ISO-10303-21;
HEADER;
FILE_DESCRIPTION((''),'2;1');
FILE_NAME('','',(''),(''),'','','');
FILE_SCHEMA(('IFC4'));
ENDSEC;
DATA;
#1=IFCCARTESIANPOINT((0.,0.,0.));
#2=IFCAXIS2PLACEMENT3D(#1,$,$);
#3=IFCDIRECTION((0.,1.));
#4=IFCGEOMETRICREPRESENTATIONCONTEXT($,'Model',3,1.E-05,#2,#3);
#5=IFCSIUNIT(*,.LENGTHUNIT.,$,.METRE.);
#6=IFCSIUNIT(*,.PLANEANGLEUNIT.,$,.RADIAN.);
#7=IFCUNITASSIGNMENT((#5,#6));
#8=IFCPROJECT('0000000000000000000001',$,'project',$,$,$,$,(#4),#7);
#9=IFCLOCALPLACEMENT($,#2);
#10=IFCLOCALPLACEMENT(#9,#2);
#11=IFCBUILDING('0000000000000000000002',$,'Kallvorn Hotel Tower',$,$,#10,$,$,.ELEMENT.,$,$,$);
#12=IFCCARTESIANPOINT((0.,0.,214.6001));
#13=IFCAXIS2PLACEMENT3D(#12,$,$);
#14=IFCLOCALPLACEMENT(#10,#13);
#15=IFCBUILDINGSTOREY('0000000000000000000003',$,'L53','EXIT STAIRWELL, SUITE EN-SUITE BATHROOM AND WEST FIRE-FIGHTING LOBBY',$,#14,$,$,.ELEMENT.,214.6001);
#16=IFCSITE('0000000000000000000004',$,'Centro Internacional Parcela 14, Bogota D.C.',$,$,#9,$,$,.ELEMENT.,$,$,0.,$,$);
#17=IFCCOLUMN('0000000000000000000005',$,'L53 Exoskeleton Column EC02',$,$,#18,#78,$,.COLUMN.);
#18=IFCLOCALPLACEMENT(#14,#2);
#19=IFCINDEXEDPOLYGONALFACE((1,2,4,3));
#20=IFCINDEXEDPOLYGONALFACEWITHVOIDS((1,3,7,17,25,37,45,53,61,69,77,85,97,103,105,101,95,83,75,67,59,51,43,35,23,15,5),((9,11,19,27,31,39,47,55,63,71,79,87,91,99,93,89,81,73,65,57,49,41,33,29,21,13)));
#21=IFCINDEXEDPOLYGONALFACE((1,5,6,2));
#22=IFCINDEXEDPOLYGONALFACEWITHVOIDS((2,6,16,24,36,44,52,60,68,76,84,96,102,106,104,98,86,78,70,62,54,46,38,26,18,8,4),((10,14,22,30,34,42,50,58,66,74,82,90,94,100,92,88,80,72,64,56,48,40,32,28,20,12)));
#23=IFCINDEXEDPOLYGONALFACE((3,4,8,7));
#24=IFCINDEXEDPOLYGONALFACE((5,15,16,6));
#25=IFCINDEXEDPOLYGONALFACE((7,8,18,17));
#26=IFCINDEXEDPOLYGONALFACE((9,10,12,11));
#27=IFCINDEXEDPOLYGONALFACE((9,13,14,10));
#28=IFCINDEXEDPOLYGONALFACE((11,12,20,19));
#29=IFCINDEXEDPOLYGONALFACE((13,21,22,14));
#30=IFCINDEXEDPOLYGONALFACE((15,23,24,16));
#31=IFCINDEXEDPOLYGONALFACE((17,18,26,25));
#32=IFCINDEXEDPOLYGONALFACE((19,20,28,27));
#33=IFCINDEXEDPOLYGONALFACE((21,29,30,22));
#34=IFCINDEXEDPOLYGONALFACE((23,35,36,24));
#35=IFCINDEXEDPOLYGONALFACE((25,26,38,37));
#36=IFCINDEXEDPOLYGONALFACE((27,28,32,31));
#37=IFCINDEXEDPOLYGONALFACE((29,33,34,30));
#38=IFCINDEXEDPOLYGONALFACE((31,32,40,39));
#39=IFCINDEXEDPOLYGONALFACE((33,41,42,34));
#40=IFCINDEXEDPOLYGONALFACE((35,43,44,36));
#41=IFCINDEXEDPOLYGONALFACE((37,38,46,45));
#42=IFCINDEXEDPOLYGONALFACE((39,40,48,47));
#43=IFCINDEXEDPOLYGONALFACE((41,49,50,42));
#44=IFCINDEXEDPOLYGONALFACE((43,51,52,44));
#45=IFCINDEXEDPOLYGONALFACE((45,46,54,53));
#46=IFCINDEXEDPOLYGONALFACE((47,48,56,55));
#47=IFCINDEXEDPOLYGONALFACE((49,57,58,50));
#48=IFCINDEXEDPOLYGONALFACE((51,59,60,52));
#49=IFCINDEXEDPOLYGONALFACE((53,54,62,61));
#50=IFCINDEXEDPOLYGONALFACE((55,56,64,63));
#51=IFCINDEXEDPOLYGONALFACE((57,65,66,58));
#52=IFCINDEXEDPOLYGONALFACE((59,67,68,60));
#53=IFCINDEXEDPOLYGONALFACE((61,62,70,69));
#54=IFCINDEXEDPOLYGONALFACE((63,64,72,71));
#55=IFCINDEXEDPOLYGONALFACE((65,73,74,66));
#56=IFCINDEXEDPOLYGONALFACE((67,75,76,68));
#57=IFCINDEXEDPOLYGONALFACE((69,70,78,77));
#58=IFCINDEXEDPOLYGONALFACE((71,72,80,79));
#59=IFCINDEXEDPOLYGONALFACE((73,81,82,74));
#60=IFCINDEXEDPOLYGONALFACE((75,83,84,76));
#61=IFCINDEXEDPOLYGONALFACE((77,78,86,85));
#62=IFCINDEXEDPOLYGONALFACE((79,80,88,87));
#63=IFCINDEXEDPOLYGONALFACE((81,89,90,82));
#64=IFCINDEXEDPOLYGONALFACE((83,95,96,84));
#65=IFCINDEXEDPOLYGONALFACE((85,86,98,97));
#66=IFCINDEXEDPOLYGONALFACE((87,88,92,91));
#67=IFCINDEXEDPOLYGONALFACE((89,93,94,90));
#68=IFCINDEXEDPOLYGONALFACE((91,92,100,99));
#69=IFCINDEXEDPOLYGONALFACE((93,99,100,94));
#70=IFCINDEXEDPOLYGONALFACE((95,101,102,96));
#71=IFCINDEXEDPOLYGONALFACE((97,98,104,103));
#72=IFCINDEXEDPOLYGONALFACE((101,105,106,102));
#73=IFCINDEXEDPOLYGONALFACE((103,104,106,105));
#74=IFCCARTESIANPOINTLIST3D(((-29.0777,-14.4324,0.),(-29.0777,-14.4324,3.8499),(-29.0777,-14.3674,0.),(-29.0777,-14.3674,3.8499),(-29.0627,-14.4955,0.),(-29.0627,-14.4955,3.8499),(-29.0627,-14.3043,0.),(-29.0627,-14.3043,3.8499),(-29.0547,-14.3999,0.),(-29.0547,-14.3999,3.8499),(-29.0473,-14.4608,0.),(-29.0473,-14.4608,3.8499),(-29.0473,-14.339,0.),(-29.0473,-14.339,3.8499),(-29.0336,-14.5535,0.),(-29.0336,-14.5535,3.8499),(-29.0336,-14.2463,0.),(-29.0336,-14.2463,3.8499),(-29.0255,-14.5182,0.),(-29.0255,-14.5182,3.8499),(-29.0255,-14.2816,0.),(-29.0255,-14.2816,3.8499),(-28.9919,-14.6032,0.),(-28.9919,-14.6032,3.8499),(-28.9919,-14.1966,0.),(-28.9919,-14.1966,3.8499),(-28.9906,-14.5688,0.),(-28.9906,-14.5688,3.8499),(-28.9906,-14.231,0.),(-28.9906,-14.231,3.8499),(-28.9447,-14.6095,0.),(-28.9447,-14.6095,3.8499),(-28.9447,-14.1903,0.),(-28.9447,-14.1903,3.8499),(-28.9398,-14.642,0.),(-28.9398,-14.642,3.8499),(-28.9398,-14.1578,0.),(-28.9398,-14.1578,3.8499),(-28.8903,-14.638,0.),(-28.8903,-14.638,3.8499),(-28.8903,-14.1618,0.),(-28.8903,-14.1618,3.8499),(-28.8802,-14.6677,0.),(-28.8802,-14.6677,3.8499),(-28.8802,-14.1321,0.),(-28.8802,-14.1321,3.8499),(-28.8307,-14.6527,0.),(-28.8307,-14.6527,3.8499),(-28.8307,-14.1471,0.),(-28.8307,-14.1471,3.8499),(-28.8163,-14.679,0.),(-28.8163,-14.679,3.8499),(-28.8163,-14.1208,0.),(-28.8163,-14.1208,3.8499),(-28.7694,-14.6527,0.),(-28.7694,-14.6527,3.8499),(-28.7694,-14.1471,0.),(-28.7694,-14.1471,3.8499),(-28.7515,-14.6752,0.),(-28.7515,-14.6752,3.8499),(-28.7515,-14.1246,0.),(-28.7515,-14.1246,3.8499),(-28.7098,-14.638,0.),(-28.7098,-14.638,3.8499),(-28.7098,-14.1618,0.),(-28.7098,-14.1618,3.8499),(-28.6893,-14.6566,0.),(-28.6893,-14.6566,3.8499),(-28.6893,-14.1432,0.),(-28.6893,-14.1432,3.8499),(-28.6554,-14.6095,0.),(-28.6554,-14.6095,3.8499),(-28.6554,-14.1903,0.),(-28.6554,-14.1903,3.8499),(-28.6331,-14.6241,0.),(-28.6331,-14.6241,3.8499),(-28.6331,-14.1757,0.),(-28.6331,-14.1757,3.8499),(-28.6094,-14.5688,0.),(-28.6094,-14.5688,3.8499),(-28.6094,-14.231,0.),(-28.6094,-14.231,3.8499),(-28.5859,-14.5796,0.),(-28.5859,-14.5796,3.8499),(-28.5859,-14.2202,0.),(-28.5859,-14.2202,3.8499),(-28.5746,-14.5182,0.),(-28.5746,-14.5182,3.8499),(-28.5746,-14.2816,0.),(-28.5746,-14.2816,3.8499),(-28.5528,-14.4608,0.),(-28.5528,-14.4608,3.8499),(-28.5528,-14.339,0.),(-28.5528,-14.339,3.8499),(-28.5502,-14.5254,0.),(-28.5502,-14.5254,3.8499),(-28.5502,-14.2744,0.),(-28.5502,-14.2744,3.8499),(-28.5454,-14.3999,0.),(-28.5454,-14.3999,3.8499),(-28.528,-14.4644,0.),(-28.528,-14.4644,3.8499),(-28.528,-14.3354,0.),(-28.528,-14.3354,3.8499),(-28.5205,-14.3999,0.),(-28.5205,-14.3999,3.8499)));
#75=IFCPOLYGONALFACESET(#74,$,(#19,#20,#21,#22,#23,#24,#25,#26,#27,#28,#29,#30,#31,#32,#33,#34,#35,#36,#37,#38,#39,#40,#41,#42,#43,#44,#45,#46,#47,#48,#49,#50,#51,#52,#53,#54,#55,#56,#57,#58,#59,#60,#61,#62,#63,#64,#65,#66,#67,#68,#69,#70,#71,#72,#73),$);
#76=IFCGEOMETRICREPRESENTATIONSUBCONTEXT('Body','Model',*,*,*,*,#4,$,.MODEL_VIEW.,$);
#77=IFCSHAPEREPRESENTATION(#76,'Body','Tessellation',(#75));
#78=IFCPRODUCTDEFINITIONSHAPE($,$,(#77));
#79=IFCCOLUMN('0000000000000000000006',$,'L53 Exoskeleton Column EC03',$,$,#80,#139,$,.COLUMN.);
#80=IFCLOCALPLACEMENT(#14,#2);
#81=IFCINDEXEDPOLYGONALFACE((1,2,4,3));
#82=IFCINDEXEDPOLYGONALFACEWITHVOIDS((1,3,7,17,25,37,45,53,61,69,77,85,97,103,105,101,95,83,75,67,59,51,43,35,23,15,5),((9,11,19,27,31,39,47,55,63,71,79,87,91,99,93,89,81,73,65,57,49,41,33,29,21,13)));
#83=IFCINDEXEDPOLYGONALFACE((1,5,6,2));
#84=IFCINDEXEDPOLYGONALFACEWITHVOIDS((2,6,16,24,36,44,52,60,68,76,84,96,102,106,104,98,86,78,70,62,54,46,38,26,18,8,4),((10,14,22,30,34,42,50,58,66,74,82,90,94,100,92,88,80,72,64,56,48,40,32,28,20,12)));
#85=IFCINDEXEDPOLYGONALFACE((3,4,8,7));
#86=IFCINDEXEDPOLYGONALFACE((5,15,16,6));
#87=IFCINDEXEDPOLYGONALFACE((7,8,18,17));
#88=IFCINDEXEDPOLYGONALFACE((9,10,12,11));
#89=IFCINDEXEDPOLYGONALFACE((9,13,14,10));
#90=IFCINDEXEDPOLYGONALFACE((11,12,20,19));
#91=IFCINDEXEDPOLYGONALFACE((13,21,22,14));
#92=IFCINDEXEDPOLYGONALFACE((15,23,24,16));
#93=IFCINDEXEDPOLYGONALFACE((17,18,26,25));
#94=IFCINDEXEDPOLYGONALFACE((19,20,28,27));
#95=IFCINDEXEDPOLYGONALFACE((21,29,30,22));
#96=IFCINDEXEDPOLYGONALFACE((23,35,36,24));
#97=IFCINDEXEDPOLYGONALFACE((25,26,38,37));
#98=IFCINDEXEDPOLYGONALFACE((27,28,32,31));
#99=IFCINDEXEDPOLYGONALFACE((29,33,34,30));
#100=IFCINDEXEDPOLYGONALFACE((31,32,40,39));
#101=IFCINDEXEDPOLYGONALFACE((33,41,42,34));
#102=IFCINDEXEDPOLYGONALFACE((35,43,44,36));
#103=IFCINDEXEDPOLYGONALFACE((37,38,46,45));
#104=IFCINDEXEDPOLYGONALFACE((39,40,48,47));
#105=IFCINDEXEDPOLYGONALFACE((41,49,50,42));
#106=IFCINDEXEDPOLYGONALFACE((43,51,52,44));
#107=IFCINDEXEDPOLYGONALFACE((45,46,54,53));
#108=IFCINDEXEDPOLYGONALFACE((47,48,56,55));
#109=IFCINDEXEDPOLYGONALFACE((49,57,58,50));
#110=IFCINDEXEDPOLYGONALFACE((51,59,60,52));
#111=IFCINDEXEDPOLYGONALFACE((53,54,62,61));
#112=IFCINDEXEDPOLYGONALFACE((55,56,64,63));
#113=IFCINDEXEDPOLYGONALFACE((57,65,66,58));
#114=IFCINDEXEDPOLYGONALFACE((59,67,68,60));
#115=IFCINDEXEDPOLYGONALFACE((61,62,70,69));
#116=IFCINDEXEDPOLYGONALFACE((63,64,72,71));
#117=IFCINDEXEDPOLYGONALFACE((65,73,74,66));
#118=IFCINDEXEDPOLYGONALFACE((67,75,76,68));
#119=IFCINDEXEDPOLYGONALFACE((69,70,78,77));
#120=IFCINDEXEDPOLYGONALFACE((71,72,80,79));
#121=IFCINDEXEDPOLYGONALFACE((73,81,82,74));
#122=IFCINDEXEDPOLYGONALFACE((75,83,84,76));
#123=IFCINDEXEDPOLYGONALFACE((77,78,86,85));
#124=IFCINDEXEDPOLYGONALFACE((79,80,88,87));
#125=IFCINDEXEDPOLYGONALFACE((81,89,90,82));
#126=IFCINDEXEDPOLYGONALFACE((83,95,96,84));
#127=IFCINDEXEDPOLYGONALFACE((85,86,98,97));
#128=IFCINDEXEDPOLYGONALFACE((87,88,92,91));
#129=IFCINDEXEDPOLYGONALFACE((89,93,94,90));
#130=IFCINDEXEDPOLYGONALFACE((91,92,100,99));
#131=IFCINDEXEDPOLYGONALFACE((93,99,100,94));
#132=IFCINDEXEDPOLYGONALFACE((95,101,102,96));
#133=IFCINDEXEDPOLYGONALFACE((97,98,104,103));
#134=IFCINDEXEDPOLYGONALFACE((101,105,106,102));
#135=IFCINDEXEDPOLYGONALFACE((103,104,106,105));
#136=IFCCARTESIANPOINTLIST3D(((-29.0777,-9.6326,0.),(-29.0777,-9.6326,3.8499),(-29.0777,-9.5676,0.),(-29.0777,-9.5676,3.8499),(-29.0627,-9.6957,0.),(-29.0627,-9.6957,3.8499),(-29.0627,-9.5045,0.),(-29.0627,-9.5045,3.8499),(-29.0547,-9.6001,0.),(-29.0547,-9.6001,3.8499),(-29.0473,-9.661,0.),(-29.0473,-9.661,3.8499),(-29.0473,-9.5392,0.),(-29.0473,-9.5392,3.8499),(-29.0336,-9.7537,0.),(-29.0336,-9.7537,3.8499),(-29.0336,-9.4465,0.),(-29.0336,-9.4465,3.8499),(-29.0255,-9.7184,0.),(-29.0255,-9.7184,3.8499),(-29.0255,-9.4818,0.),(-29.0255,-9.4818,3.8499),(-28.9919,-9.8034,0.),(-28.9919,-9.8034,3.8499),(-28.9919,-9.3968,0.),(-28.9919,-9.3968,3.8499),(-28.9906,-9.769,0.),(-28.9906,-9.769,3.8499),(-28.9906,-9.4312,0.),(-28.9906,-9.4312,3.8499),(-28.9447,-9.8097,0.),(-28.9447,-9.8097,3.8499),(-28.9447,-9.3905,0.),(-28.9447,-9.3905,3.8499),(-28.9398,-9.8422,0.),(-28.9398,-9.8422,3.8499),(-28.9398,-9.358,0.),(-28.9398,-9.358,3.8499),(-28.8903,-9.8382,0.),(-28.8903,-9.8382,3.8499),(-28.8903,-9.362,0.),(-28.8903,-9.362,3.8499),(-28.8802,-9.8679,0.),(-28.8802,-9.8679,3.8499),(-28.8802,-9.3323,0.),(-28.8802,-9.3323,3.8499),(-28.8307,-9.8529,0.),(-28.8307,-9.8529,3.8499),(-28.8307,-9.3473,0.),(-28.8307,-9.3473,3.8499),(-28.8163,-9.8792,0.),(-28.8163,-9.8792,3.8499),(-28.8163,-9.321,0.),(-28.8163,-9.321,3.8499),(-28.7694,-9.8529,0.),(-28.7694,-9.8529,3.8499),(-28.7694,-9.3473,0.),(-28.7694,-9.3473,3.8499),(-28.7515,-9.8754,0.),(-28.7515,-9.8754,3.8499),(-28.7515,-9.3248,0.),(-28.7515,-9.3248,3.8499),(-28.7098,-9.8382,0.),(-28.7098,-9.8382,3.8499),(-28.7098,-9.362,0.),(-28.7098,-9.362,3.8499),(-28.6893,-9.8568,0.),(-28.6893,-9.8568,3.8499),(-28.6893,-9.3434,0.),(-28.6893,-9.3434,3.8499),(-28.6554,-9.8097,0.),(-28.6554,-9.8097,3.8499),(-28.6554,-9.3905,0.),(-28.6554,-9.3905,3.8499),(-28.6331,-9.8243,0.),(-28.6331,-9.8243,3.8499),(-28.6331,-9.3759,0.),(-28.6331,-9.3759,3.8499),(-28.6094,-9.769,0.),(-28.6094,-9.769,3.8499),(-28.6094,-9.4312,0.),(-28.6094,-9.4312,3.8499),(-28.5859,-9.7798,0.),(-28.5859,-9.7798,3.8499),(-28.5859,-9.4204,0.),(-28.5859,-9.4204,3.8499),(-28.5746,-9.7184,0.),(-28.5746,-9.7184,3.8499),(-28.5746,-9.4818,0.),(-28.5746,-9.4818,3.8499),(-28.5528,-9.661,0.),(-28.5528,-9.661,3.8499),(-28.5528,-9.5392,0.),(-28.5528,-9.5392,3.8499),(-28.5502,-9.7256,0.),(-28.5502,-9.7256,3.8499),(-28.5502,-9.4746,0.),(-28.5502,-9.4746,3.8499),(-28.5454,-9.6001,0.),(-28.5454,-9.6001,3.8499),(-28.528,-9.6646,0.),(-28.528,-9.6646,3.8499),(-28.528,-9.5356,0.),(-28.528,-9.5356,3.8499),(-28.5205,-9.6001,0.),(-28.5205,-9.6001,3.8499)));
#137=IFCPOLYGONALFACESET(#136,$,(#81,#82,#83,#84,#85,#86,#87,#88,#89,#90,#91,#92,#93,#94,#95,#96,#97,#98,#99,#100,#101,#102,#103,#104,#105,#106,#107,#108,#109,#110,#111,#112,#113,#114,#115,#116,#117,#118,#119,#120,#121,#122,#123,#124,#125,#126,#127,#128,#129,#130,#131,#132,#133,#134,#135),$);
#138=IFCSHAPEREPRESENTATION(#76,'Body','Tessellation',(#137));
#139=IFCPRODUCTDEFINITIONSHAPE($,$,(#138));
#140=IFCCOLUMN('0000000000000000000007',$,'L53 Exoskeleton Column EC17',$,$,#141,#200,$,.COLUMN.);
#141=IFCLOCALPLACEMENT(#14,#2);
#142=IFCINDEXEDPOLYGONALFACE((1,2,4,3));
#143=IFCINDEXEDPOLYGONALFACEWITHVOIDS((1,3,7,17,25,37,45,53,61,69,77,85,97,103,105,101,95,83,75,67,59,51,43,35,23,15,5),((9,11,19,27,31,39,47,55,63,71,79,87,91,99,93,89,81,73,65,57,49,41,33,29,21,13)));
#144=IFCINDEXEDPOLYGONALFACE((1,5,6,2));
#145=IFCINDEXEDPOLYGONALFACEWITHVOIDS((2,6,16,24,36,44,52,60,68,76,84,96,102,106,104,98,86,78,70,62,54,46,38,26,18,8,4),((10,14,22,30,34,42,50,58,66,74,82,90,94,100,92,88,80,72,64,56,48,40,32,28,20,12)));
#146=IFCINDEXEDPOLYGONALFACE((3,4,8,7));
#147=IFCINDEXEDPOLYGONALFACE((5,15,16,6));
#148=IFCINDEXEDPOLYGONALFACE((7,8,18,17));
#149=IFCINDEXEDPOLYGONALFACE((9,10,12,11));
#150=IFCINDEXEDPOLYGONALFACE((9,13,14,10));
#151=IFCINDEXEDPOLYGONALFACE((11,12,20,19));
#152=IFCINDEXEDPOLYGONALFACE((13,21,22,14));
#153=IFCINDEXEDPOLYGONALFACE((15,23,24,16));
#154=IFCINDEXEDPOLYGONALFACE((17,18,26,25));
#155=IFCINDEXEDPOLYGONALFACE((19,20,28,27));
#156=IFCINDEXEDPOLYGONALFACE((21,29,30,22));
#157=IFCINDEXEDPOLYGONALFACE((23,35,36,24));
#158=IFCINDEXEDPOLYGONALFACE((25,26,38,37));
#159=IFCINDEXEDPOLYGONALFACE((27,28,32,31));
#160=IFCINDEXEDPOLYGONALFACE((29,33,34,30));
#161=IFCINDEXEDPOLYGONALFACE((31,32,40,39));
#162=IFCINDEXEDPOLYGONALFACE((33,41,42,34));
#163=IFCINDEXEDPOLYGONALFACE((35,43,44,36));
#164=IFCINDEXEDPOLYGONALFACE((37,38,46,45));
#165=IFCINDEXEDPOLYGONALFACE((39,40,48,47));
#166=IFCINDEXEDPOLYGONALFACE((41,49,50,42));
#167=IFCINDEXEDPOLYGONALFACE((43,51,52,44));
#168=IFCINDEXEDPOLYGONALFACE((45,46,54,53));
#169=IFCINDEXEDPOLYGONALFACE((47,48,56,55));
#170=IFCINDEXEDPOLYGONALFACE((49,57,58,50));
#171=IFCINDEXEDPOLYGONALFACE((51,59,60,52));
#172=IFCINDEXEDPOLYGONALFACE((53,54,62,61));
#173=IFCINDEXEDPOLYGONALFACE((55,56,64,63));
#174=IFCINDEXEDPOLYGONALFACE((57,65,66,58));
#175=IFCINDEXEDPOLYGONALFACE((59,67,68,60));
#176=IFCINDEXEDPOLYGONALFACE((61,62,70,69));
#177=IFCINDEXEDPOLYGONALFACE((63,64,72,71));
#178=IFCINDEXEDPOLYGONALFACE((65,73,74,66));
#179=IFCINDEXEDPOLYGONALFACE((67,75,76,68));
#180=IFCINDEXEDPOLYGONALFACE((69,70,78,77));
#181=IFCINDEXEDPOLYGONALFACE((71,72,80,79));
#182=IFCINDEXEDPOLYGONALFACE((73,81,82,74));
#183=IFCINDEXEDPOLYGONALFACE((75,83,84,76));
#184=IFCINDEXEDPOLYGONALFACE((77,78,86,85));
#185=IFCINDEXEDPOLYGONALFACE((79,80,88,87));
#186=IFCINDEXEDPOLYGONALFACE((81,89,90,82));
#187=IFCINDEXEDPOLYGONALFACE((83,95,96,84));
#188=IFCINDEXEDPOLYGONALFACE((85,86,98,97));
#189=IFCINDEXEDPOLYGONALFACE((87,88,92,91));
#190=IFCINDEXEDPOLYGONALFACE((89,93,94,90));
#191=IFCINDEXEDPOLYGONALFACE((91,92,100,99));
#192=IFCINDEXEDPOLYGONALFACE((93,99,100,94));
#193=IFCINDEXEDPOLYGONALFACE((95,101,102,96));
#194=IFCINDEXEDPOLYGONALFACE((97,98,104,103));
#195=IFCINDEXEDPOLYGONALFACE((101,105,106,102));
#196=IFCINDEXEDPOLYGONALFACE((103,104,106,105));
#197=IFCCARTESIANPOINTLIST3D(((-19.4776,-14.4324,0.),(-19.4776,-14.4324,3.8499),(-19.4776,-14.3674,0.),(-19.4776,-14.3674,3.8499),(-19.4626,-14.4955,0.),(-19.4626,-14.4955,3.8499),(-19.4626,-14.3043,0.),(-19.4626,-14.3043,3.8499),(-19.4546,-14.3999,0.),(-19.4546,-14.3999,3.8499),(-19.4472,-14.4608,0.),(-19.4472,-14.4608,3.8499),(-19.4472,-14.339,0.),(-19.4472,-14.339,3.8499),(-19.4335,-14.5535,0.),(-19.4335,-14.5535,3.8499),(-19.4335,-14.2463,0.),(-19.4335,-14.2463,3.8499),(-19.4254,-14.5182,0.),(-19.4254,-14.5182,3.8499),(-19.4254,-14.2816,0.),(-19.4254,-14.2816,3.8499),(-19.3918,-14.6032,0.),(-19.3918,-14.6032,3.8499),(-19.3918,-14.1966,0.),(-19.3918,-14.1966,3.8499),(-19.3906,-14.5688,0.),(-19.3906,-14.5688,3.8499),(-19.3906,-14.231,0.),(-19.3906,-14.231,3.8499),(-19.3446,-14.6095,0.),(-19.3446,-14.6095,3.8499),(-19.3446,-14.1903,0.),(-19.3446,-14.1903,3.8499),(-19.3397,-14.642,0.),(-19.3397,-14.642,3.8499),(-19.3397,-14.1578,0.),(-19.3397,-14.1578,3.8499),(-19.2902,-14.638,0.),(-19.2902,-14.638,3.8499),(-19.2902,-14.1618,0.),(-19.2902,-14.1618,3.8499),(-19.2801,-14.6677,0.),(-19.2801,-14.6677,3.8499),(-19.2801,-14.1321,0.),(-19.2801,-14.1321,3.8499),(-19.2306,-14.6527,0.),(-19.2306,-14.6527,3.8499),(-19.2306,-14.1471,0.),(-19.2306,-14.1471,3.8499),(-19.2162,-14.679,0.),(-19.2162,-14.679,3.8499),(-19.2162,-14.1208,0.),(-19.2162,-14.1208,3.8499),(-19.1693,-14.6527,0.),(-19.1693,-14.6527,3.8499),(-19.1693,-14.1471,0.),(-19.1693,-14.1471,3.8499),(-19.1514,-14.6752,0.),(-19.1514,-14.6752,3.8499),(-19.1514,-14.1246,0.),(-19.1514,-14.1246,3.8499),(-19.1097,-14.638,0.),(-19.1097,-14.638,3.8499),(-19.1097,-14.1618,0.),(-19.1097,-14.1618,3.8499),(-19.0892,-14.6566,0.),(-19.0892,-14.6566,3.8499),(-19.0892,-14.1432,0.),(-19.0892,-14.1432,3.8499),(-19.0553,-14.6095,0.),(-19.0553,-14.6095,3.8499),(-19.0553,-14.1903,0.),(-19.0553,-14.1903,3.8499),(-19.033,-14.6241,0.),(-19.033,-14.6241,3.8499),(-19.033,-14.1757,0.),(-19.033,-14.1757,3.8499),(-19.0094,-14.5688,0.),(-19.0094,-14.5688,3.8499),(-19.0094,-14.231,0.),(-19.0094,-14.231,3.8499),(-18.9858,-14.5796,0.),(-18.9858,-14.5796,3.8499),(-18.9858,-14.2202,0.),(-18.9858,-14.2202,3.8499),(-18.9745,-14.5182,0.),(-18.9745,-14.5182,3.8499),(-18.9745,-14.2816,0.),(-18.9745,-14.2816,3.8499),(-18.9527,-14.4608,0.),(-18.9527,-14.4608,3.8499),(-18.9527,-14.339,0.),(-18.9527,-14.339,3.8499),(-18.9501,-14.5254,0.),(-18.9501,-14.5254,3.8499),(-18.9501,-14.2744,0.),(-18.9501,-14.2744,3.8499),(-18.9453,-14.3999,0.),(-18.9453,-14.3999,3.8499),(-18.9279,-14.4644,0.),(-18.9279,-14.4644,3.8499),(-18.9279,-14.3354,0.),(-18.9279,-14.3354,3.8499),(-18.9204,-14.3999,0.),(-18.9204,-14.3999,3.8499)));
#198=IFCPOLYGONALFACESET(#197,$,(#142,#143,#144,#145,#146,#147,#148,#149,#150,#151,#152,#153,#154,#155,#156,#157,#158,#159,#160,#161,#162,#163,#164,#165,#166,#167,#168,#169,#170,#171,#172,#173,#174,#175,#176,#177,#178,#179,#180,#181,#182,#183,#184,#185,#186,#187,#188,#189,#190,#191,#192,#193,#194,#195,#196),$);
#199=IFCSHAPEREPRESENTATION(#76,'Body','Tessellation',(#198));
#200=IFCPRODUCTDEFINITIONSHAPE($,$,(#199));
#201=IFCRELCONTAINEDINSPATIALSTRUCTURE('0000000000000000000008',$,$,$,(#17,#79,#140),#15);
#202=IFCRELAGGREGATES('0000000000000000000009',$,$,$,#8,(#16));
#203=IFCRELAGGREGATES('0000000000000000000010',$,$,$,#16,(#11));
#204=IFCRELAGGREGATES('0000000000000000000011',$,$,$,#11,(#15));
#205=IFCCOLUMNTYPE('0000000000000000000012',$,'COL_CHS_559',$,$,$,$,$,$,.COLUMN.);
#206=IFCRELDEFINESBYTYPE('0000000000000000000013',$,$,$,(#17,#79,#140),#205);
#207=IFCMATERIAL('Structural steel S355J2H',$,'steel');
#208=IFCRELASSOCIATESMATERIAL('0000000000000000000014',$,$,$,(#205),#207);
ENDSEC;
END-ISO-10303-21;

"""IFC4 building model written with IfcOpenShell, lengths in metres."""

from ifc_helpers import new_model, si_unit, direction, frame, origin, origin_2d, place, context, subcontext, project, spatial, hollow_circle, extrude, material, material_profile, profile_set, type_object, element, save


model = new_model("IFC4")

# Units and contexts
model_context = context("Model", 3, precision=1e-05, world=origin(), true_north=direction((0.0, 1.0)))
body_context = subcontext(model_context, "Body", "Model", "MODEL_VIEW")
ifc_project = project(units=[si_unit("LENGTHUNIT", "METRE"), si_unit("PLANEANGLEUNIT", "RADIAN")], contexts=[model_context])

# Site, building, storey
site_placement = place(None, origin())
site = spatial("IfcSite", under=ifc_project, at=site_placement, Name="Centro Internacional Parcela 14, Bogota D.C.", CompositionType="ELEMENT", RefElevation=0.0)
building_placement = place(site_placement, origin())
building = spatial("IfcBuilding", under=site, at=building_placement, Name="Kallvorn Hotel Tower", CompositionType="ELEMENT")
storey_placement = place(building_placement, frame((0.0, 0.0, 214.6001)))
storey = spatial("IfcBuildingStorey", under=building, at=storey_placement, Name="L53", Description="EXIT STAIRWELL, SUITE EN-SUITE BATHROOM AND WEST FIRE-FIGHTING LOBBY", CompositionType="ELEMENT", Elevation=214.6001)

# Columns
ifc_material_1 = material(Name="Structural steel S355J2H", Category="steel")
ifc_material_profile_1 = material_profile(ifc_material_1, hollow_circle(Radius=0.2795, WallThickness=0.0249, at=origin_2d()), Name="CHS 559x25")
ifc_profile_set_1 = profile_set([ifc_material_profile_1], Name="Structural steel S355J2H")
column_type_1 = type_object("IfcColumnType", Name="COL_CHS_559", PredefinedType="COLUMN", material=ifc_profile_set_1)
for number, where, z_axis, x_axis, name in (
    (1, (-28.8, -14.3999, 0.0), (0.0, 0.0, 1.0), (1.0, 0.0, 0.0), "L53 Exoskeleton Column EC02"),
    (2, (-28.8, -9.6001, 0.0), (0.0, 0.0, 1.0), (1.0, 0.0, 0.0), "L53 Exoskeleton Column EC03"),
    (3, (-19.2, -14.3999, 0.0), (0.0, 0.0, 1.0), (1.0, 0.0, 0.0), "L53 Exoskeleton Column EC17"),
):
    element("IfcColumn", number, at=place(storey_placement, frame(where, z_axis=z_axis, x_axis=x_axis)), inside=storey, type_object=column_type_1, Name=name, PredefinedType="COLUMN", context=body_context, shape_type="SweptSolid", body=[
        extrude(hollow_circle(Radius=0.2795, WallThickness=0.0249, at=origin_2d()), origin(), (0.0, 0.0, 1.0), 3.8499),
    ])

save(model, "model.ifc")
